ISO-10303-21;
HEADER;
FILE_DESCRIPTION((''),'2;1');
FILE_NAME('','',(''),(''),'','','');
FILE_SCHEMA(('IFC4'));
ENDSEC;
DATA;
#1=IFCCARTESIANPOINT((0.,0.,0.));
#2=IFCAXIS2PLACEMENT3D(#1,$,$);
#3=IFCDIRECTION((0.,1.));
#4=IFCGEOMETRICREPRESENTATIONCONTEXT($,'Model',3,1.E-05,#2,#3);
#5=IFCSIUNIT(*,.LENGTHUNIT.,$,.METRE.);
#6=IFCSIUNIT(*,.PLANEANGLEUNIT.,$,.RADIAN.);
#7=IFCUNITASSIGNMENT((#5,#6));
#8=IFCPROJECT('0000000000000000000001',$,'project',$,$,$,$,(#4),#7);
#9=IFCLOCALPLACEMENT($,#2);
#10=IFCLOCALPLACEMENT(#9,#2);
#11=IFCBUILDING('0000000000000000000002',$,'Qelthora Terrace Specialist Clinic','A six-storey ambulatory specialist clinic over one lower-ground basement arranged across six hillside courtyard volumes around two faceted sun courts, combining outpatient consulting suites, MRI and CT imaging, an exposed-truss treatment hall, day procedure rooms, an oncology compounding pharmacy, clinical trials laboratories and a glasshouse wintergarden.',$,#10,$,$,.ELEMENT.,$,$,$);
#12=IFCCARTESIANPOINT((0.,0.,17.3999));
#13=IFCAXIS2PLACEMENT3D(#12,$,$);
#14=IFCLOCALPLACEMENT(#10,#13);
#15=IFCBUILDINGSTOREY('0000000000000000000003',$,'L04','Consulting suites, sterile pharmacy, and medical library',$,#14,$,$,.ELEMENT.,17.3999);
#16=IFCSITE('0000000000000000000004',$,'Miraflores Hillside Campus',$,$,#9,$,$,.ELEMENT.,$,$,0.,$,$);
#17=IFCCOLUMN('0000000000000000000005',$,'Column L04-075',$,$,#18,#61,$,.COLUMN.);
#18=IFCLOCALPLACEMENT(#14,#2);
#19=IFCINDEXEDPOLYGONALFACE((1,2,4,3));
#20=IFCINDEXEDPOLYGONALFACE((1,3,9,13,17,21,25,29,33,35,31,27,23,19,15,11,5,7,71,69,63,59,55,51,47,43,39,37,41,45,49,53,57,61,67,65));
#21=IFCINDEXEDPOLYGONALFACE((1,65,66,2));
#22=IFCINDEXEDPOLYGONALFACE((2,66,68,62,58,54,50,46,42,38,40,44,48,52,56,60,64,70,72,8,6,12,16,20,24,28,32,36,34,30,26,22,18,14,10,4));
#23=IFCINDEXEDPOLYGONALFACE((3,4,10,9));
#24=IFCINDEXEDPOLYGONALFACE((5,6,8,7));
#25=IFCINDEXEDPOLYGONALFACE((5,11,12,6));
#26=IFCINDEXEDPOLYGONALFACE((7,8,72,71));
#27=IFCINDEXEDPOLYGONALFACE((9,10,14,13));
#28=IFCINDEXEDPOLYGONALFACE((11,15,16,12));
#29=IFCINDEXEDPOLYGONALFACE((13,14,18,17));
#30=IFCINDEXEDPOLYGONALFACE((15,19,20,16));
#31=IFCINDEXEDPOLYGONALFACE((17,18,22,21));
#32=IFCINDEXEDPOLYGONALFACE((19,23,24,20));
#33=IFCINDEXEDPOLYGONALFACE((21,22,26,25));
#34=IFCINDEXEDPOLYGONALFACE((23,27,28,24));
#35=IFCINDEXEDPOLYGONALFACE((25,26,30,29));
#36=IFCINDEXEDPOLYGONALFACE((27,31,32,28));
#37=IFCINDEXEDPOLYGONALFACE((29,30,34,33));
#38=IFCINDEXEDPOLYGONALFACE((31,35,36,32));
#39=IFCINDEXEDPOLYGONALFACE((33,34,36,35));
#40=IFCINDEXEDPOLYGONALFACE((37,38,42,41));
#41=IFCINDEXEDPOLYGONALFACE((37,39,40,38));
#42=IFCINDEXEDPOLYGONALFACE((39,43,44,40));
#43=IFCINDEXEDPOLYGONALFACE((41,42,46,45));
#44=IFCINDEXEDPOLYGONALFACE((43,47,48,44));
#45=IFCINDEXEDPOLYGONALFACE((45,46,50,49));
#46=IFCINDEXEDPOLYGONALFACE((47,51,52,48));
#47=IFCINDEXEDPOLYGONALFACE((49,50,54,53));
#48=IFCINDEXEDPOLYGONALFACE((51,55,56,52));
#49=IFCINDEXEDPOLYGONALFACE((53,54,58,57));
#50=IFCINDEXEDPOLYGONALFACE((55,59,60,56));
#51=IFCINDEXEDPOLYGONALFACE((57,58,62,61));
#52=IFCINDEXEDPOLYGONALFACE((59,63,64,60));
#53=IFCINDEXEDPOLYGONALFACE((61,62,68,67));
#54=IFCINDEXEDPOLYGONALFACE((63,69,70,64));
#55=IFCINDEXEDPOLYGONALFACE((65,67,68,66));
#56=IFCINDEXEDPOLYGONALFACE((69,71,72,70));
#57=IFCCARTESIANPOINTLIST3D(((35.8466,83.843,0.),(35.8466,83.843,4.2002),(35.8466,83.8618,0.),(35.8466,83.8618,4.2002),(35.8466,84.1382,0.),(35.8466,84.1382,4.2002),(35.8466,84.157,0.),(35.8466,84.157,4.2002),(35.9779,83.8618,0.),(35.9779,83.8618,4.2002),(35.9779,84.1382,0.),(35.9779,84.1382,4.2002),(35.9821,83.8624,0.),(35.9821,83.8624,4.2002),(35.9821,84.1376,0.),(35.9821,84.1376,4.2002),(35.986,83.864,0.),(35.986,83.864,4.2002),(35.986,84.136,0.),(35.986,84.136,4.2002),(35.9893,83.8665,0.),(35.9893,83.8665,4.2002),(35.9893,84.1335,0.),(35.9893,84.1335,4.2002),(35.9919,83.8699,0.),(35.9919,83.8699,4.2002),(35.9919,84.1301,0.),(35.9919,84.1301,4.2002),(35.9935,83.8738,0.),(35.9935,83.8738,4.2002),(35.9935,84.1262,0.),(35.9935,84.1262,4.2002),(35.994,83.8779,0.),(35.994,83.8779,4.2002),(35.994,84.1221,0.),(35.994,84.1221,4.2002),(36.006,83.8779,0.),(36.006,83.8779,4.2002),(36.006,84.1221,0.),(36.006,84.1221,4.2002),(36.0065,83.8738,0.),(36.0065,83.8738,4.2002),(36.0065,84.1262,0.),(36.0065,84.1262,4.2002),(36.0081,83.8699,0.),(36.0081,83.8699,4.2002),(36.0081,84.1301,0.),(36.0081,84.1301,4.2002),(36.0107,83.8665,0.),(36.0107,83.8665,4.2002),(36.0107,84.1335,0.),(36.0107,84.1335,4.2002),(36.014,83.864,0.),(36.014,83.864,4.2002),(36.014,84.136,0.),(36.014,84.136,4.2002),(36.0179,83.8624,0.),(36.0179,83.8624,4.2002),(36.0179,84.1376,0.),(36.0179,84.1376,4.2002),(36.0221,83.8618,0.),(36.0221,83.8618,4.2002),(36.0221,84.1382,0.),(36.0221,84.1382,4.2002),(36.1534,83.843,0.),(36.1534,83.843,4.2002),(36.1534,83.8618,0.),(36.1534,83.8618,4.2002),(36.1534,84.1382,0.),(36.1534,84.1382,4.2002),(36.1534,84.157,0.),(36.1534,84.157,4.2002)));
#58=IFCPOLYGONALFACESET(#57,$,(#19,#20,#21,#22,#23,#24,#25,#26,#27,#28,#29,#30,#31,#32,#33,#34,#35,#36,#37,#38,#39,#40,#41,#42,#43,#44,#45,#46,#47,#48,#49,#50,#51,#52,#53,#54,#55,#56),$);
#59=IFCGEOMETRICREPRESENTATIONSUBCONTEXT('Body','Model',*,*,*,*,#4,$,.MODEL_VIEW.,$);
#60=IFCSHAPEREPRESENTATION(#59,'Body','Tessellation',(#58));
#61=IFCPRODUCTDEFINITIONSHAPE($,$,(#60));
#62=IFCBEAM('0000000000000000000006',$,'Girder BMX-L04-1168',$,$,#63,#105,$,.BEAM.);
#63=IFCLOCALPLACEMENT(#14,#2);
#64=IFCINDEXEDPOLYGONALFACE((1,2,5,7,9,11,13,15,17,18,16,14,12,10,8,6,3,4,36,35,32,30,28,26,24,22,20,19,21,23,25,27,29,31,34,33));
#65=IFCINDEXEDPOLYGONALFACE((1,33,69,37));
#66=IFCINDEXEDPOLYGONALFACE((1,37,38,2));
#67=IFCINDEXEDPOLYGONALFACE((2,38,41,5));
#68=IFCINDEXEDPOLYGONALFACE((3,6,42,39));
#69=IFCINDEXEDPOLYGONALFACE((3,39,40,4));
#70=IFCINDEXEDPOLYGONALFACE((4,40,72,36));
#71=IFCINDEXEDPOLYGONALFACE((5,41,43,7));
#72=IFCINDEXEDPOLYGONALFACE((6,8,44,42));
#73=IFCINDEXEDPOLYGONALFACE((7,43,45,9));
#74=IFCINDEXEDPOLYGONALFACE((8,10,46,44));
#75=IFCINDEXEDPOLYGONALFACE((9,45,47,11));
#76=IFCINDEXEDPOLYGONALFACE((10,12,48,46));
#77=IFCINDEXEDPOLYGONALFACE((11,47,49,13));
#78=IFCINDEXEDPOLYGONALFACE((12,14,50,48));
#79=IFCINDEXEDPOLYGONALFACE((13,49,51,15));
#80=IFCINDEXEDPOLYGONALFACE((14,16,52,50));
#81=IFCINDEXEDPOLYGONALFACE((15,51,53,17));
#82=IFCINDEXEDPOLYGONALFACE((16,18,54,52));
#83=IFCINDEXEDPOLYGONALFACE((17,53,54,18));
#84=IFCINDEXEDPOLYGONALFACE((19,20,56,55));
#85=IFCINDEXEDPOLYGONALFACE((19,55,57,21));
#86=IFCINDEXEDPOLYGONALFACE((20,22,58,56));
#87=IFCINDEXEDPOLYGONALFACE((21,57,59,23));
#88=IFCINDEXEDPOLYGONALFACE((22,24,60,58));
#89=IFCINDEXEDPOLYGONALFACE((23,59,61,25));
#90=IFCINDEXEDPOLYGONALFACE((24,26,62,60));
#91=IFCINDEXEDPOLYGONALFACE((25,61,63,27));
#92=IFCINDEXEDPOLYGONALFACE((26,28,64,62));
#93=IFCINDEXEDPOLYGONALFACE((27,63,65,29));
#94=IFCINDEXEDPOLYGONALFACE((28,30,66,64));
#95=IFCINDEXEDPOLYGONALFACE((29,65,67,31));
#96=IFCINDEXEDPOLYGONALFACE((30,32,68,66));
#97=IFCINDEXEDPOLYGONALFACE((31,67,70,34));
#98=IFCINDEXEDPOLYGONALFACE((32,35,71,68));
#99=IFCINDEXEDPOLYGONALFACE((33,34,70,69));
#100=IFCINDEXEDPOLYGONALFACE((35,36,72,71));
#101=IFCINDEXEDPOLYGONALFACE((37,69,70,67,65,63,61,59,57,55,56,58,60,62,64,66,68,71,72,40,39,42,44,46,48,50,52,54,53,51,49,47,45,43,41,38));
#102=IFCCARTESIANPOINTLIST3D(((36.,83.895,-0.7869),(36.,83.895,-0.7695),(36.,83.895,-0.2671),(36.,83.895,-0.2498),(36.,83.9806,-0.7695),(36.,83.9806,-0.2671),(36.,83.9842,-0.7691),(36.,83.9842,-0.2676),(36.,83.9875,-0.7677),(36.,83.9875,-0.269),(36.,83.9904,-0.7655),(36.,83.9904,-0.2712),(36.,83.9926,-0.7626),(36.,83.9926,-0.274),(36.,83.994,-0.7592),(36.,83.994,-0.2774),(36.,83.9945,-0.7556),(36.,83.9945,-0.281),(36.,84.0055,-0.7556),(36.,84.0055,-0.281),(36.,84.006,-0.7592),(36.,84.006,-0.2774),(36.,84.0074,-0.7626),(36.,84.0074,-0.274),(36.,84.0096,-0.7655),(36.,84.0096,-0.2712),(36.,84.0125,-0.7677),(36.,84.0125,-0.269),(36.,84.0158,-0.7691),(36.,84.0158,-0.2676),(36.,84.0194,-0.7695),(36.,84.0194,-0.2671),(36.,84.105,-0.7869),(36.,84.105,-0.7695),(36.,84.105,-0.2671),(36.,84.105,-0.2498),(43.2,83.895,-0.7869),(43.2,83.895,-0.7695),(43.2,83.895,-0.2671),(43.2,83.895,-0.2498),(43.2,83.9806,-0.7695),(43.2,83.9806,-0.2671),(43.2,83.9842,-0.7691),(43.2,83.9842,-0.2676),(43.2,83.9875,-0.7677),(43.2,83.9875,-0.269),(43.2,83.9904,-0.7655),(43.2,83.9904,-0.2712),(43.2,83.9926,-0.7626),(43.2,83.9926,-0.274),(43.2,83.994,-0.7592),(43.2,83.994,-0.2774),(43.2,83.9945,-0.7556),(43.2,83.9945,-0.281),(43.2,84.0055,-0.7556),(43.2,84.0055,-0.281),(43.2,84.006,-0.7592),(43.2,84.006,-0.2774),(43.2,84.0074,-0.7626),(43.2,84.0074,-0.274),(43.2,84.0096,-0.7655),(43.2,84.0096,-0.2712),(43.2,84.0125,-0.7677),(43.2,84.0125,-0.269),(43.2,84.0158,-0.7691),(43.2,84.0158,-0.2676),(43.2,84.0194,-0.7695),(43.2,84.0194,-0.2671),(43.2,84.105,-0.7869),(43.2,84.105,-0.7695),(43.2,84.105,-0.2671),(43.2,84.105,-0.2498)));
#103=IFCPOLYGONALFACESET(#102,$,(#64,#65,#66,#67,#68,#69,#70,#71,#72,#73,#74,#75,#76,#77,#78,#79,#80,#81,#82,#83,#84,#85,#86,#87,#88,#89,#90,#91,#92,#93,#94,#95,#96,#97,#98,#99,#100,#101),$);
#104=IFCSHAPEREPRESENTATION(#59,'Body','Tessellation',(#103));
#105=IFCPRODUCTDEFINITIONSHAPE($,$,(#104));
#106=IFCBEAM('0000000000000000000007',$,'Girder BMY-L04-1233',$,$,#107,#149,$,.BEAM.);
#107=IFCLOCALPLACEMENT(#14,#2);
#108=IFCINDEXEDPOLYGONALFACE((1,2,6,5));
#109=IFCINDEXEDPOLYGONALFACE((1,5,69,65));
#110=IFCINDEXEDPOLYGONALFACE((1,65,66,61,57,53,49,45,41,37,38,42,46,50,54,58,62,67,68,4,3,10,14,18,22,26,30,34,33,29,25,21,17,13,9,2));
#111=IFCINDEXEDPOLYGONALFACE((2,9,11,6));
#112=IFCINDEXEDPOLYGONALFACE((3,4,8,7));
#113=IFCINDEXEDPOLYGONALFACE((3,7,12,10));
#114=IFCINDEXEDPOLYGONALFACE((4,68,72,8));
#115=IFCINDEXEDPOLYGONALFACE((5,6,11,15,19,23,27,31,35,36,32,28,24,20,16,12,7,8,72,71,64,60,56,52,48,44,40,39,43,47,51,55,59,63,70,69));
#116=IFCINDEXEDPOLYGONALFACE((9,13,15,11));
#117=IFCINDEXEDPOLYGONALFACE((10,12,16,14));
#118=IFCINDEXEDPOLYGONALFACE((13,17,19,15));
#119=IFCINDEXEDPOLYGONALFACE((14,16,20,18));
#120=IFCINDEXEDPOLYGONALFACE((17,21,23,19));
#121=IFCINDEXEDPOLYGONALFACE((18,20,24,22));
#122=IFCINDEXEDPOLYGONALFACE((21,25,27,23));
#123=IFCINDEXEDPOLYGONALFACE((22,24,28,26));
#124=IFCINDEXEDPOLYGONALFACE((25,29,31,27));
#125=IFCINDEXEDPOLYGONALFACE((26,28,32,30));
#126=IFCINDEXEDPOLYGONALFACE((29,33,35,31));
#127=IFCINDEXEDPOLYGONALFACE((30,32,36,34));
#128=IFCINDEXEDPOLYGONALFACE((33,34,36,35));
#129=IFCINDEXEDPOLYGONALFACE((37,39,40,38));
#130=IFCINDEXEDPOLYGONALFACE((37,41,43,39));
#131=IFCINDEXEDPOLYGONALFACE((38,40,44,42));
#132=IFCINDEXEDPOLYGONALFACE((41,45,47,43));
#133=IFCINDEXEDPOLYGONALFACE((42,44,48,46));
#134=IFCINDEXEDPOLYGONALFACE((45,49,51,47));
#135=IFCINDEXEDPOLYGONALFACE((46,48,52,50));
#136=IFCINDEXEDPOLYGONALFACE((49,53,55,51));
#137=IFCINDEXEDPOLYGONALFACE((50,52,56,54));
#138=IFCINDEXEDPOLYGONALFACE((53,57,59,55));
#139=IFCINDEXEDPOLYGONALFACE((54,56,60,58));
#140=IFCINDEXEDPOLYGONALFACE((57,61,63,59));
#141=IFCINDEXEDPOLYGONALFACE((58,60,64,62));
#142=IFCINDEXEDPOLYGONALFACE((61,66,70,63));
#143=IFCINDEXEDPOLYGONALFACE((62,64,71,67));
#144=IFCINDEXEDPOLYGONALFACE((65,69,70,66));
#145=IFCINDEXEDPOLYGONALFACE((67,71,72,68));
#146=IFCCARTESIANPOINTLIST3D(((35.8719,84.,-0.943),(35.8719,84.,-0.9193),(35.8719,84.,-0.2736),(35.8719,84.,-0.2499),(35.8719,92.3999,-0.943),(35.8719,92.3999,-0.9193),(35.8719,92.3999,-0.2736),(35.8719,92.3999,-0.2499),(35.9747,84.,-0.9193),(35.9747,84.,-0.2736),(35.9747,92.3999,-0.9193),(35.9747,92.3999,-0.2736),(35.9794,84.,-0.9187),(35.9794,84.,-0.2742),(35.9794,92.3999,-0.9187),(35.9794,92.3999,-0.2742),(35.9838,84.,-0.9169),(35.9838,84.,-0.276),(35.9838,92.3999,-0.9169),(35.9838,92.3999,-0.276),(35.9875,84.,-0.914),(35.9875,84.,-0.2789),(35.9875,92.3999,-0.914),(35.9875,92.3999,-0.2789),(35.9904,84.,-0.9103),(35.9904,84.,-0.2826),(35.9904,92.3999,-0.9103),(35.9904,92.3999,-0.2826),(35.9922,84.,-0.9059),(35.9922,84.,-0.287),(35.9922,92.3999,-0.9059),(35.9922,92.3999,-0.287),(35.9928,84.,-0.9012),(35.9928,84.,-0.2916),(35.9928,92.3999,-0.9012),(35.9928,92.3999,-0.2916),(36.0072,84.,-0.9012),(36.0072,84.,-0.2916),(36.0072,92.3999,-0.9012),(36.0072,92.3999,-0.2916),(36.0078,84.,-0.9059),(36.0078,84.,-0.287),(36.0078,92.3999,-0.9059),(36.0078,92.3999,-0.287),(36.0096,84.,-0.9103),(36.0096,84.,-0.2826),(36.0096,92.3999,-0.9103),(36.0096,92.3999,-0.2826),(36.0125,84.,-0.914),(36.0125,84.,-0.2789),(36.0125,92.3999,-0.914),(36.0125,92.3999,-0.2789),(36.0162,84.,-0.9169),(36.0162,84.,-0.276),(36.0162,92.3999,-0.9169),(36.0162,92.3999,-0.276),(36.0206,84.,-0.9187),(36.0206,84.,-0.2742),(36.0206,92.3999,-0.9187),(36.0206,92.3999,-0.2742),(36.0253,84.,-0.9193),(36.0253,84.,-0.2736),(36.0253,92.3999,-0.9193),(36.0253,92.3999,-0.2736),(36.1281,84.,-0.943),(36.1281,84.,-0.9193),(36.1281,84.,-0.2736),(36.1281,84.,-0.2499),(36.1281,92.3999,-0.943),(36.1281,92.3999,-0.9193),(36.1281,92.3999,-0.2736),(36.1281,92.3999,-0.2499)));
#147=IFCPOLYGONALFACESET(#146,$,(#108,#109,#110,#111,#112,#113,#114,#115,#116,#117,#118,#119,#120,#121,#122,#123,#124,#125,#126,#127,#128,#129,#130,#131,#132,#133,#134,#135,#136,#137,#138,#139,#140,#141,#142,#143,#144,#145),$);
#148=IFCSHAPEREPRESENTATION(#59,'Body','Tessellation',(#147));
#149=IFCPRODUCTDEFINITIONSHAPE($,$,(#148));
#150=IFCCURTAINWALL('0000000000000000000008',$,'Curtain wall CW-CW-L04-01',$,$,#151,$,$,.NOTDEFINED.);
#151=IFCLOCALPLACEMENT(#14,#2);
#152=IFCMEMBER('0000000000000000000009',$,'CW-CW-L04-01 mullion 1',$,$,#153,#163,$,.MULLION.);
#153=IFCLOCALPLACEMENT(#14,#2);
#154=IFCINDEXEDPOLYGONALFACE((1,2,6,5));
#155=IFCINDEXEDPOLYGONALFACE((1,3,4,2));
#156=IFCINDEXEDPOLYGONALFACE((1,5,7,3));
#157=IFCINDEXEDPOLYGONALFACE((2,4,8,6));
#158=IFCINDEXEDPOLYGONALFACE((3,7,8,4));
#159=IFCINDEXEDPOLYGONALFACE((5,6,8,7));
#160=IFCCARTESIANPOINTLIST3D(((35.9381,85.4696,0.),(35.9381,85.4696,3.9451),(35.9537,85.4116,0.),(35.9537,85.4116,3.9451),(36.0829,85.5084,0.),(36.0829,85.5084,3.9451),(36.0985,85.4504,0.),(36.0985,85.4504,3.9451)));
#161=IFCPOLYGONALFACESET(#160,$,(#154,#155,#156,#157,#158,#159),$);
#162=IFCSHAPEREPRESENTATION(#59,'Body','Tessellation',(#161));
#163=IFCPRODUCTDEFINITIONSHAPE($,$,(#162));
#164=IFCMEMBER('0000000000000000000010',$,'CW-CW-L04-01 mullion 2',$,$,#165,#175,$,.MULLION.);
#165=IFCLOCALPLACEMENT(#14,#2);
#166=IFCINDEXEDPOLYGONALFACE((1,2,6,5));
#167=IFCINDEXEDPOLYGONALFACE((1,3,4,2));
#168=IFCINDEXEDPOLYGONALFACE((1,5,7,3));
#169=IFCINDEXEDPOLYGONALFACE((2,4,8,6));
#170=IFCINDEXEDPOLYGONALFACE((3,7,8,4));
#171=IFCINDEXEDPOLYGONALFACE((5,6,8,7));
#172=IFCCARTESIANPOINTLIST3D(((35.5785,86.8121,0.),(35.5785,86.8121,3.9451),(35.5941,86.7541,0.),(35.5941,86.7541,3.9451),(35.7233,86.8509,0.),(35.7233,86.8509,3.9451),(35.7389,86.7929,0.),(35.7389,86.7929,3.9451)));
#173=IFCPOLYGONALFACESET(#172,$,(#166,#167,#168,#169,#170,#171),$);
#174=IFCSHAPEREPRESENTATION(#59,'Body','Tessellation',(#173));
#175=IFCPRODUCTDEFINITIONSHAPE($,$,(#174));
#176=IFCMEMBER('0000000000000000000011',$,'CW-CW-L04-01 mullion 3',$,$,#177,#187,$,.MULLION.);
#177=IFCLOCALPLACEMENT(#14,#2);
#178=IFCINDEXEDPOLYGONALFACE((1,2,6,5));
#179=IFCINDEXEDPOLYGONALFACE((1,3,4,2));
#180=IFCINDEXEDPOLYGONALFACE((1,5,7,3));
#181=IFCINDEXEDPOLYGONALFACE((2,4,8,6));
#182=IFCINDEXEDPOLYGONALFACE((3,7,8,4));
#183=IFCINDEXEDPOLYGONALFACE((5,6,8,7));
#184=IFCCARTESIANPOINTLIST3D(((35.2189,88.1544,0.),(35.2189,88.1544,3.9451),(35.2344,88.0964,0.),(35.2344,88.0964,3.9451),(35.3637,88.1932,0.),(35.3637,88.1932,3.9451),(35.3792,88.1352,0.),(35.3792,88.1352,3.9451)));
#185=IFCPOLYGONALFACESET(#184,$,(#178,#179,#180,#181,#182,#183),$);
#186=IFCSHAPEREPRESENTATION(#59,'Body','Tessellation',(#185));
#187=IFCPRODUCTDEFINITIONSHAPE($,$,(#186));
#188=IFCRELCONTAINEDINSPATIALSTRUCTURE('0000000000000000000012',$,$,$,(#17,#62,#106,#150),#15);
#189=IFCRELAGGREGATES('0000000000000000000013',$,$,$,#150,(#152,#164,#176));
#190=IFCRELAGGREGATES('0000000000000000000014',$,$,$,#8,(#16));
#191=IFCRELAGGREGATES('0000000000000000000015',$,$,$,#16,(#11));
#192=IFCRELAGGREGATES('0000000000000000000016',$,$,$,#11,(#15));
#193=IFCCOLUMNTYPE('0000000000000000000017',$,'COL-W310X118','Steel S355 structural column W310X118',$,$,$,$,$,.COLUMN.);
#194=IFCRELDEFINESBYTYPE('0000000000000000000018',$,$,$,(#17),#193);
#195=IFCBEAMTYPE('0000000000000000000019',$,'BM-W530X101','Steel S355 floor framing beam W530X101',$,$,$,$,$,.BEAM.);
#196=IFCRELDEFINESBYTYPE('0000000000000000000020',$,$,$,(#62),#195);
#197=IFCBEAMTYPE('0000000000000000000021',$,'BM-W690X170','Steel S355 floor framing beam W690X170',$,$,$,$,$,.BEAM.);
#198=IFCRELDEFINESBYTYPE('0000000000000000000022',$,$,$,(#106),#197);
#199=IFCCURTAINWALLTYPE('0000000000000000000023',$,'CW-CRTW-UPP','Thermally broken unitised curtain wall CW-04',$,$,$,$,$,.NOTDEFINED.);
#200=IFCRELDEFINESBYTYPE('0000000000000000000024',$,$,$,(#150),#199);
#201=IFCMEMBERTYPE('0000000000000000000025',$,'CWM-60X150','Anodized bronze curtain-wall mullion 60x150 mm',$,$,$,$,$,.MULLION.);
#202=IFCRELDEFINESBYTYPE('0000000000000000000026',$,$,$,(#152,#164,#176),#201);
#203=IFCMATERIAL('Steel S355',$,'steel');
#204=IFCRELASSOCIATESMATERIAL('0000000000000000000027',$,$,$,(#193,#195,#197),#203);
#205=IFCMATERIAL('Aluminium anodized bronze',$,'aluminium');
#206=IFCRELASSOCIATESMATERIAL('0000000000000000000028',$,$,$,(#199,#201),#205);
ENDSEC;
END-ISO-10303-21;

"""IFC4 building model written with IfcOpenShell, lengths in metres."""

from ifc_helpers import new_model, si_unit, direction, frame, origin, origin_2d, place, context, subcontext, project, spatial, rectangle, i_section, extrude, material, material_profile, profile_set, type_object, element, aggregate, save


model = new_model("IFC4")

# Units and contexts
model_context = context("Model", 3, precision=1e-05, world=origin(), true_north=direction((0.0, 1.0)))
body_context = subcontext(model_context, "Body", "Model", "MODEL_VIEW")
ifc_project = project(units=[si_unit("LENGTHUNIT", "METRE"), si_unit("PLANEANGLEUNIT", "RADIAN")], contexts=[model_context])

# Site, building, storey
site_placement = place(None, origin())
site = spatial("IfcSite", under=ifc_project, at=site_placement, Name="Miraflores Hillside Campus", CompositionType="ELEMENT", RefElevation=0.0)
building_placement = place(site_placement, origin())
building = spatial("IfcBuilding", under=site, at=building_placement, Name="Qelthora Terrace Specialist Clinic", Description="A six-storey ambulatory specialist clinic over one lower-ground basement arranged across six hillside courtyard volumes around two faceted sun courts, combining outpatient consulting suites, MRI and CT imaging, an exposed-truss treatment hall, day procedure rooms, an oncology compounding pharmacy, clinical trials laboratories and a glasshouse wintergarden.", CompositionType="ELEMENT")
storey_placement = place(building_placement, frame((0.0, 0.0, 17.3999)))
storey = spatial("IfcBuildingStorey", under=building, at=storey_placement, Name="L04", Description="Consulting suites, sterile pharmacy, and medical library", CompositionType="ELEMENT", Elevation=17.3999)

# Column
ifc_material_1 = material(Name="Steel S355", Category="steel")
ifc_material_profile_1 = material_profile(ifc_material_1, i_section(OverallWidth=0.3069, OverallDepth=0.314, WebThickness=0.012, FlangeThickness=0.0188, FilletRadius=0.0161, at=origin_2d()), Name="W310X118")
ifc_profile_set_1 = profile_set([ifc_material_profile_1], Name="Steel S355")
column_type = type_object("IfcColumnType", Name="COL-W310X118", Description="Steel S355 structural column W310X118", PredefinedType="COLUMN", material=ifc_profile_set_1)
column_placement = place(storey_placement, frame((36.0, 84.0, 0.0), z_axis=(0.0, 0.0, 1.0), x_axis=(1.0, 0.0, 0.0)))
element("IfcColumn", 1, at=column_placement, inside=storey, type_object=column_type, Name="Column L04-075", PredefinedType="COLUMN", context=body_context, shape_type="SweptSolid", body=[
    extrude(i_section(OverallWidth=0.3069, OverallDepth=0.314, WebThickness=0.012, FlangeThickness=0.0188, FilletRadius=0.0161, at=origin_2d()), origin(), (0.0, 0.0, 1.0), 4.2002),
])

# Beams
ifc_material_profile_2 = material_profile(ifc_material_1, i_section(OverallWidth=0.21, OverallDepth=0.5371, WebThickness=0.011, FlangeThickness=0.0173, FilletRadius=0.0139, at=origin_2d()), Name="W530X101")
ifc_profile_set_2 = profile_set([ifc_material_profile_2], Name="Steel S355")
beam_type_1 = type_object("IfcBeamType", Name="BM-W530X101", Description="Steel S355 floor framing beam W530X101", PredefinedType="BEAM", material=ifc_profile_set_2)
beam_1_placement = place(storey_placement, frame((36.0, 84.0, -0.5183), z_axis=(1.0, 0.0, 0.0), x_axis=(0.0, 1.0, 0.0)))
element("IfcBeam", 2, at=beam_1_placement, inside=storey, type_object=beam_type_1, Name="Girder BMX-L04-1168", PredefinedType="BEAM", context=body_context, shape_type="SweptSolid", body=[
    extrude(i_section(OverallWidth=0.21, OverallDepth=0.5371, WebThickness=0.011, FlangeThickness=0.0173, FilletRadius=0.0139, at=origin_2d()), origin(), (0.0, 0.0, 1.0), 7.2),
])
ifc_material_profile_3 = material_profile(ifc_material_1, i_section(OverallWidth=0.2561, OverallDepth=0.6931, WebThickness=0.0144, FlangeThickness=0.0237, FilletRadius=0.0181, at=origin_2d()), Name="W690X170")
ifc_profile_set_3 = profile_set([ifc_material_profile_3], Name="Steel S355")
beam_type_2 = type_object("IfcBeamType", Name="BM-W690X170", Description="Steel S355 floor framing beam W690X170", PredefinedType="BEAM", material=ifc_profile_set_3)
beam_2_placement = place(storey_placement, frame((36.0, 84.0, -0.5964), z_axis=(0.0, 1.0, 0.0), x_axis=(-1.0, 0.0, 0.0)))
element("IfcBeam", 3, at=beam_2_placement, inside=storey, type_object=beam_type_2, Name="Girder BMY-L04-1233", PredefinedType="BEAM", context=body_context, shape_type="SweptSolid", body=[
    extrude(i_section(OverallWidth=0.2561, OverallDepth=0.6931, WebThickness=0.0144, FlangeThickness=0.0237, FilletRadius=0.0181, at=origin_2d()), origin(), (0.0, 0.0, 1.0), 8.3999),
])

# Curtain wall, members
ifc_material_2 = material(Name="Aluminium anodized bronze", Category="aluminium")
curtain_wall_type = type_object("IfcCurtainWallType", Name="CW-CRTW-UPP", Description="Thermally broken unitised curtain wall CW-04", PredefinedType="NOTDEFINED", material=ifc_material_2)
curtain_wall_1_placement = place(storey_placement, origin())
curtain_wall_1 = element("IfcCurtainWall", 4, at=curtain_wall_1_placement, inside=storey, type_object=curtain_wall_type, Name="Curtain wall CW-CW-L04-01", PredefinedType="NOTDEFINED")
ifc_material_profile_4 = material_profile(ifc_material_2, rectangle(XDim=0.0601, YDim=0.1499, at=origin_2d()), Name="CWM60X150")
ifc_profile_set_4 = profile_set([ifc_material_profile_4], Name="Aluminium anodized bronze")
member_type_1 = type_object("IfcMemberType", Name="CWM-60X150", Description="Anodized bronze curtain-wall mullion 60x150 mm", PredefinedType="MULLION", material=ifc_profile_set_4)
member_1_placement = place(storey_placement, frame((36.0183, 85.46, 0.0), z_axis=(0.0, 0.0, 1.0), x_axis=(-0.25882, 0.965925, 0.0)))
member_1 = element("IfcMember", 5, at=member_1_placement, type_object=member_type_1, Name="CW-CW-L04-01 mullion 1", PredefinedType="MULLION", context=body_context, shape_type="SweptSolid", body=[
    extrude(rectangle(XDim=0.0601, YDim=0.1499, at=origin_2d()), origin(), (0.0, 0.0, 1.0), 3.9451),
])
member_2_placement = place(storey_placement, frame((35.6587, 86.8025, 0.0), z_axis=(0.0, 0.0, 1.0), x_axis=(-0.25882, 0.965925, 0.0)))
member_2 = element("IfcMember", 6, at=member_2_placement, type_object=member_type_1, Name="CW-CW-L04-01 mullion 2", PredefinedType="MULLION", context=body_context, shape_type="SweptSolid", body=[
    extrude(rectangle(XDim=0.0601, YDim=0.1499, at=origin_2d()), origin(), (0.0, 0.0, 1.0), 3.9451),
])
member_3_placement = place(storey_placement, frame((35.2991, 88.1448, 0.0), z_axis=(0.0, 0.0, 1.0), x_axis=(-0.25882, 0.965925, 0.0)))
member_3 = element("IfcMember", 7, at=member_3_placement, type_object=member_type_1, Name="CW-CW-L04-01 mullion 3", PredefinedType="MULLION", context=body_context, shape_type="SweptSolid", body=[
    extrude(rectangle(XDim=0.0601, YDim=0.1499, at=origin_2d()), origin(), (0.0, 0.0, 1.0), 3.9451),
])

aggregate(curtain_wall_1, [member_1, member_2, member_3])

save(model, "model.ifc")
